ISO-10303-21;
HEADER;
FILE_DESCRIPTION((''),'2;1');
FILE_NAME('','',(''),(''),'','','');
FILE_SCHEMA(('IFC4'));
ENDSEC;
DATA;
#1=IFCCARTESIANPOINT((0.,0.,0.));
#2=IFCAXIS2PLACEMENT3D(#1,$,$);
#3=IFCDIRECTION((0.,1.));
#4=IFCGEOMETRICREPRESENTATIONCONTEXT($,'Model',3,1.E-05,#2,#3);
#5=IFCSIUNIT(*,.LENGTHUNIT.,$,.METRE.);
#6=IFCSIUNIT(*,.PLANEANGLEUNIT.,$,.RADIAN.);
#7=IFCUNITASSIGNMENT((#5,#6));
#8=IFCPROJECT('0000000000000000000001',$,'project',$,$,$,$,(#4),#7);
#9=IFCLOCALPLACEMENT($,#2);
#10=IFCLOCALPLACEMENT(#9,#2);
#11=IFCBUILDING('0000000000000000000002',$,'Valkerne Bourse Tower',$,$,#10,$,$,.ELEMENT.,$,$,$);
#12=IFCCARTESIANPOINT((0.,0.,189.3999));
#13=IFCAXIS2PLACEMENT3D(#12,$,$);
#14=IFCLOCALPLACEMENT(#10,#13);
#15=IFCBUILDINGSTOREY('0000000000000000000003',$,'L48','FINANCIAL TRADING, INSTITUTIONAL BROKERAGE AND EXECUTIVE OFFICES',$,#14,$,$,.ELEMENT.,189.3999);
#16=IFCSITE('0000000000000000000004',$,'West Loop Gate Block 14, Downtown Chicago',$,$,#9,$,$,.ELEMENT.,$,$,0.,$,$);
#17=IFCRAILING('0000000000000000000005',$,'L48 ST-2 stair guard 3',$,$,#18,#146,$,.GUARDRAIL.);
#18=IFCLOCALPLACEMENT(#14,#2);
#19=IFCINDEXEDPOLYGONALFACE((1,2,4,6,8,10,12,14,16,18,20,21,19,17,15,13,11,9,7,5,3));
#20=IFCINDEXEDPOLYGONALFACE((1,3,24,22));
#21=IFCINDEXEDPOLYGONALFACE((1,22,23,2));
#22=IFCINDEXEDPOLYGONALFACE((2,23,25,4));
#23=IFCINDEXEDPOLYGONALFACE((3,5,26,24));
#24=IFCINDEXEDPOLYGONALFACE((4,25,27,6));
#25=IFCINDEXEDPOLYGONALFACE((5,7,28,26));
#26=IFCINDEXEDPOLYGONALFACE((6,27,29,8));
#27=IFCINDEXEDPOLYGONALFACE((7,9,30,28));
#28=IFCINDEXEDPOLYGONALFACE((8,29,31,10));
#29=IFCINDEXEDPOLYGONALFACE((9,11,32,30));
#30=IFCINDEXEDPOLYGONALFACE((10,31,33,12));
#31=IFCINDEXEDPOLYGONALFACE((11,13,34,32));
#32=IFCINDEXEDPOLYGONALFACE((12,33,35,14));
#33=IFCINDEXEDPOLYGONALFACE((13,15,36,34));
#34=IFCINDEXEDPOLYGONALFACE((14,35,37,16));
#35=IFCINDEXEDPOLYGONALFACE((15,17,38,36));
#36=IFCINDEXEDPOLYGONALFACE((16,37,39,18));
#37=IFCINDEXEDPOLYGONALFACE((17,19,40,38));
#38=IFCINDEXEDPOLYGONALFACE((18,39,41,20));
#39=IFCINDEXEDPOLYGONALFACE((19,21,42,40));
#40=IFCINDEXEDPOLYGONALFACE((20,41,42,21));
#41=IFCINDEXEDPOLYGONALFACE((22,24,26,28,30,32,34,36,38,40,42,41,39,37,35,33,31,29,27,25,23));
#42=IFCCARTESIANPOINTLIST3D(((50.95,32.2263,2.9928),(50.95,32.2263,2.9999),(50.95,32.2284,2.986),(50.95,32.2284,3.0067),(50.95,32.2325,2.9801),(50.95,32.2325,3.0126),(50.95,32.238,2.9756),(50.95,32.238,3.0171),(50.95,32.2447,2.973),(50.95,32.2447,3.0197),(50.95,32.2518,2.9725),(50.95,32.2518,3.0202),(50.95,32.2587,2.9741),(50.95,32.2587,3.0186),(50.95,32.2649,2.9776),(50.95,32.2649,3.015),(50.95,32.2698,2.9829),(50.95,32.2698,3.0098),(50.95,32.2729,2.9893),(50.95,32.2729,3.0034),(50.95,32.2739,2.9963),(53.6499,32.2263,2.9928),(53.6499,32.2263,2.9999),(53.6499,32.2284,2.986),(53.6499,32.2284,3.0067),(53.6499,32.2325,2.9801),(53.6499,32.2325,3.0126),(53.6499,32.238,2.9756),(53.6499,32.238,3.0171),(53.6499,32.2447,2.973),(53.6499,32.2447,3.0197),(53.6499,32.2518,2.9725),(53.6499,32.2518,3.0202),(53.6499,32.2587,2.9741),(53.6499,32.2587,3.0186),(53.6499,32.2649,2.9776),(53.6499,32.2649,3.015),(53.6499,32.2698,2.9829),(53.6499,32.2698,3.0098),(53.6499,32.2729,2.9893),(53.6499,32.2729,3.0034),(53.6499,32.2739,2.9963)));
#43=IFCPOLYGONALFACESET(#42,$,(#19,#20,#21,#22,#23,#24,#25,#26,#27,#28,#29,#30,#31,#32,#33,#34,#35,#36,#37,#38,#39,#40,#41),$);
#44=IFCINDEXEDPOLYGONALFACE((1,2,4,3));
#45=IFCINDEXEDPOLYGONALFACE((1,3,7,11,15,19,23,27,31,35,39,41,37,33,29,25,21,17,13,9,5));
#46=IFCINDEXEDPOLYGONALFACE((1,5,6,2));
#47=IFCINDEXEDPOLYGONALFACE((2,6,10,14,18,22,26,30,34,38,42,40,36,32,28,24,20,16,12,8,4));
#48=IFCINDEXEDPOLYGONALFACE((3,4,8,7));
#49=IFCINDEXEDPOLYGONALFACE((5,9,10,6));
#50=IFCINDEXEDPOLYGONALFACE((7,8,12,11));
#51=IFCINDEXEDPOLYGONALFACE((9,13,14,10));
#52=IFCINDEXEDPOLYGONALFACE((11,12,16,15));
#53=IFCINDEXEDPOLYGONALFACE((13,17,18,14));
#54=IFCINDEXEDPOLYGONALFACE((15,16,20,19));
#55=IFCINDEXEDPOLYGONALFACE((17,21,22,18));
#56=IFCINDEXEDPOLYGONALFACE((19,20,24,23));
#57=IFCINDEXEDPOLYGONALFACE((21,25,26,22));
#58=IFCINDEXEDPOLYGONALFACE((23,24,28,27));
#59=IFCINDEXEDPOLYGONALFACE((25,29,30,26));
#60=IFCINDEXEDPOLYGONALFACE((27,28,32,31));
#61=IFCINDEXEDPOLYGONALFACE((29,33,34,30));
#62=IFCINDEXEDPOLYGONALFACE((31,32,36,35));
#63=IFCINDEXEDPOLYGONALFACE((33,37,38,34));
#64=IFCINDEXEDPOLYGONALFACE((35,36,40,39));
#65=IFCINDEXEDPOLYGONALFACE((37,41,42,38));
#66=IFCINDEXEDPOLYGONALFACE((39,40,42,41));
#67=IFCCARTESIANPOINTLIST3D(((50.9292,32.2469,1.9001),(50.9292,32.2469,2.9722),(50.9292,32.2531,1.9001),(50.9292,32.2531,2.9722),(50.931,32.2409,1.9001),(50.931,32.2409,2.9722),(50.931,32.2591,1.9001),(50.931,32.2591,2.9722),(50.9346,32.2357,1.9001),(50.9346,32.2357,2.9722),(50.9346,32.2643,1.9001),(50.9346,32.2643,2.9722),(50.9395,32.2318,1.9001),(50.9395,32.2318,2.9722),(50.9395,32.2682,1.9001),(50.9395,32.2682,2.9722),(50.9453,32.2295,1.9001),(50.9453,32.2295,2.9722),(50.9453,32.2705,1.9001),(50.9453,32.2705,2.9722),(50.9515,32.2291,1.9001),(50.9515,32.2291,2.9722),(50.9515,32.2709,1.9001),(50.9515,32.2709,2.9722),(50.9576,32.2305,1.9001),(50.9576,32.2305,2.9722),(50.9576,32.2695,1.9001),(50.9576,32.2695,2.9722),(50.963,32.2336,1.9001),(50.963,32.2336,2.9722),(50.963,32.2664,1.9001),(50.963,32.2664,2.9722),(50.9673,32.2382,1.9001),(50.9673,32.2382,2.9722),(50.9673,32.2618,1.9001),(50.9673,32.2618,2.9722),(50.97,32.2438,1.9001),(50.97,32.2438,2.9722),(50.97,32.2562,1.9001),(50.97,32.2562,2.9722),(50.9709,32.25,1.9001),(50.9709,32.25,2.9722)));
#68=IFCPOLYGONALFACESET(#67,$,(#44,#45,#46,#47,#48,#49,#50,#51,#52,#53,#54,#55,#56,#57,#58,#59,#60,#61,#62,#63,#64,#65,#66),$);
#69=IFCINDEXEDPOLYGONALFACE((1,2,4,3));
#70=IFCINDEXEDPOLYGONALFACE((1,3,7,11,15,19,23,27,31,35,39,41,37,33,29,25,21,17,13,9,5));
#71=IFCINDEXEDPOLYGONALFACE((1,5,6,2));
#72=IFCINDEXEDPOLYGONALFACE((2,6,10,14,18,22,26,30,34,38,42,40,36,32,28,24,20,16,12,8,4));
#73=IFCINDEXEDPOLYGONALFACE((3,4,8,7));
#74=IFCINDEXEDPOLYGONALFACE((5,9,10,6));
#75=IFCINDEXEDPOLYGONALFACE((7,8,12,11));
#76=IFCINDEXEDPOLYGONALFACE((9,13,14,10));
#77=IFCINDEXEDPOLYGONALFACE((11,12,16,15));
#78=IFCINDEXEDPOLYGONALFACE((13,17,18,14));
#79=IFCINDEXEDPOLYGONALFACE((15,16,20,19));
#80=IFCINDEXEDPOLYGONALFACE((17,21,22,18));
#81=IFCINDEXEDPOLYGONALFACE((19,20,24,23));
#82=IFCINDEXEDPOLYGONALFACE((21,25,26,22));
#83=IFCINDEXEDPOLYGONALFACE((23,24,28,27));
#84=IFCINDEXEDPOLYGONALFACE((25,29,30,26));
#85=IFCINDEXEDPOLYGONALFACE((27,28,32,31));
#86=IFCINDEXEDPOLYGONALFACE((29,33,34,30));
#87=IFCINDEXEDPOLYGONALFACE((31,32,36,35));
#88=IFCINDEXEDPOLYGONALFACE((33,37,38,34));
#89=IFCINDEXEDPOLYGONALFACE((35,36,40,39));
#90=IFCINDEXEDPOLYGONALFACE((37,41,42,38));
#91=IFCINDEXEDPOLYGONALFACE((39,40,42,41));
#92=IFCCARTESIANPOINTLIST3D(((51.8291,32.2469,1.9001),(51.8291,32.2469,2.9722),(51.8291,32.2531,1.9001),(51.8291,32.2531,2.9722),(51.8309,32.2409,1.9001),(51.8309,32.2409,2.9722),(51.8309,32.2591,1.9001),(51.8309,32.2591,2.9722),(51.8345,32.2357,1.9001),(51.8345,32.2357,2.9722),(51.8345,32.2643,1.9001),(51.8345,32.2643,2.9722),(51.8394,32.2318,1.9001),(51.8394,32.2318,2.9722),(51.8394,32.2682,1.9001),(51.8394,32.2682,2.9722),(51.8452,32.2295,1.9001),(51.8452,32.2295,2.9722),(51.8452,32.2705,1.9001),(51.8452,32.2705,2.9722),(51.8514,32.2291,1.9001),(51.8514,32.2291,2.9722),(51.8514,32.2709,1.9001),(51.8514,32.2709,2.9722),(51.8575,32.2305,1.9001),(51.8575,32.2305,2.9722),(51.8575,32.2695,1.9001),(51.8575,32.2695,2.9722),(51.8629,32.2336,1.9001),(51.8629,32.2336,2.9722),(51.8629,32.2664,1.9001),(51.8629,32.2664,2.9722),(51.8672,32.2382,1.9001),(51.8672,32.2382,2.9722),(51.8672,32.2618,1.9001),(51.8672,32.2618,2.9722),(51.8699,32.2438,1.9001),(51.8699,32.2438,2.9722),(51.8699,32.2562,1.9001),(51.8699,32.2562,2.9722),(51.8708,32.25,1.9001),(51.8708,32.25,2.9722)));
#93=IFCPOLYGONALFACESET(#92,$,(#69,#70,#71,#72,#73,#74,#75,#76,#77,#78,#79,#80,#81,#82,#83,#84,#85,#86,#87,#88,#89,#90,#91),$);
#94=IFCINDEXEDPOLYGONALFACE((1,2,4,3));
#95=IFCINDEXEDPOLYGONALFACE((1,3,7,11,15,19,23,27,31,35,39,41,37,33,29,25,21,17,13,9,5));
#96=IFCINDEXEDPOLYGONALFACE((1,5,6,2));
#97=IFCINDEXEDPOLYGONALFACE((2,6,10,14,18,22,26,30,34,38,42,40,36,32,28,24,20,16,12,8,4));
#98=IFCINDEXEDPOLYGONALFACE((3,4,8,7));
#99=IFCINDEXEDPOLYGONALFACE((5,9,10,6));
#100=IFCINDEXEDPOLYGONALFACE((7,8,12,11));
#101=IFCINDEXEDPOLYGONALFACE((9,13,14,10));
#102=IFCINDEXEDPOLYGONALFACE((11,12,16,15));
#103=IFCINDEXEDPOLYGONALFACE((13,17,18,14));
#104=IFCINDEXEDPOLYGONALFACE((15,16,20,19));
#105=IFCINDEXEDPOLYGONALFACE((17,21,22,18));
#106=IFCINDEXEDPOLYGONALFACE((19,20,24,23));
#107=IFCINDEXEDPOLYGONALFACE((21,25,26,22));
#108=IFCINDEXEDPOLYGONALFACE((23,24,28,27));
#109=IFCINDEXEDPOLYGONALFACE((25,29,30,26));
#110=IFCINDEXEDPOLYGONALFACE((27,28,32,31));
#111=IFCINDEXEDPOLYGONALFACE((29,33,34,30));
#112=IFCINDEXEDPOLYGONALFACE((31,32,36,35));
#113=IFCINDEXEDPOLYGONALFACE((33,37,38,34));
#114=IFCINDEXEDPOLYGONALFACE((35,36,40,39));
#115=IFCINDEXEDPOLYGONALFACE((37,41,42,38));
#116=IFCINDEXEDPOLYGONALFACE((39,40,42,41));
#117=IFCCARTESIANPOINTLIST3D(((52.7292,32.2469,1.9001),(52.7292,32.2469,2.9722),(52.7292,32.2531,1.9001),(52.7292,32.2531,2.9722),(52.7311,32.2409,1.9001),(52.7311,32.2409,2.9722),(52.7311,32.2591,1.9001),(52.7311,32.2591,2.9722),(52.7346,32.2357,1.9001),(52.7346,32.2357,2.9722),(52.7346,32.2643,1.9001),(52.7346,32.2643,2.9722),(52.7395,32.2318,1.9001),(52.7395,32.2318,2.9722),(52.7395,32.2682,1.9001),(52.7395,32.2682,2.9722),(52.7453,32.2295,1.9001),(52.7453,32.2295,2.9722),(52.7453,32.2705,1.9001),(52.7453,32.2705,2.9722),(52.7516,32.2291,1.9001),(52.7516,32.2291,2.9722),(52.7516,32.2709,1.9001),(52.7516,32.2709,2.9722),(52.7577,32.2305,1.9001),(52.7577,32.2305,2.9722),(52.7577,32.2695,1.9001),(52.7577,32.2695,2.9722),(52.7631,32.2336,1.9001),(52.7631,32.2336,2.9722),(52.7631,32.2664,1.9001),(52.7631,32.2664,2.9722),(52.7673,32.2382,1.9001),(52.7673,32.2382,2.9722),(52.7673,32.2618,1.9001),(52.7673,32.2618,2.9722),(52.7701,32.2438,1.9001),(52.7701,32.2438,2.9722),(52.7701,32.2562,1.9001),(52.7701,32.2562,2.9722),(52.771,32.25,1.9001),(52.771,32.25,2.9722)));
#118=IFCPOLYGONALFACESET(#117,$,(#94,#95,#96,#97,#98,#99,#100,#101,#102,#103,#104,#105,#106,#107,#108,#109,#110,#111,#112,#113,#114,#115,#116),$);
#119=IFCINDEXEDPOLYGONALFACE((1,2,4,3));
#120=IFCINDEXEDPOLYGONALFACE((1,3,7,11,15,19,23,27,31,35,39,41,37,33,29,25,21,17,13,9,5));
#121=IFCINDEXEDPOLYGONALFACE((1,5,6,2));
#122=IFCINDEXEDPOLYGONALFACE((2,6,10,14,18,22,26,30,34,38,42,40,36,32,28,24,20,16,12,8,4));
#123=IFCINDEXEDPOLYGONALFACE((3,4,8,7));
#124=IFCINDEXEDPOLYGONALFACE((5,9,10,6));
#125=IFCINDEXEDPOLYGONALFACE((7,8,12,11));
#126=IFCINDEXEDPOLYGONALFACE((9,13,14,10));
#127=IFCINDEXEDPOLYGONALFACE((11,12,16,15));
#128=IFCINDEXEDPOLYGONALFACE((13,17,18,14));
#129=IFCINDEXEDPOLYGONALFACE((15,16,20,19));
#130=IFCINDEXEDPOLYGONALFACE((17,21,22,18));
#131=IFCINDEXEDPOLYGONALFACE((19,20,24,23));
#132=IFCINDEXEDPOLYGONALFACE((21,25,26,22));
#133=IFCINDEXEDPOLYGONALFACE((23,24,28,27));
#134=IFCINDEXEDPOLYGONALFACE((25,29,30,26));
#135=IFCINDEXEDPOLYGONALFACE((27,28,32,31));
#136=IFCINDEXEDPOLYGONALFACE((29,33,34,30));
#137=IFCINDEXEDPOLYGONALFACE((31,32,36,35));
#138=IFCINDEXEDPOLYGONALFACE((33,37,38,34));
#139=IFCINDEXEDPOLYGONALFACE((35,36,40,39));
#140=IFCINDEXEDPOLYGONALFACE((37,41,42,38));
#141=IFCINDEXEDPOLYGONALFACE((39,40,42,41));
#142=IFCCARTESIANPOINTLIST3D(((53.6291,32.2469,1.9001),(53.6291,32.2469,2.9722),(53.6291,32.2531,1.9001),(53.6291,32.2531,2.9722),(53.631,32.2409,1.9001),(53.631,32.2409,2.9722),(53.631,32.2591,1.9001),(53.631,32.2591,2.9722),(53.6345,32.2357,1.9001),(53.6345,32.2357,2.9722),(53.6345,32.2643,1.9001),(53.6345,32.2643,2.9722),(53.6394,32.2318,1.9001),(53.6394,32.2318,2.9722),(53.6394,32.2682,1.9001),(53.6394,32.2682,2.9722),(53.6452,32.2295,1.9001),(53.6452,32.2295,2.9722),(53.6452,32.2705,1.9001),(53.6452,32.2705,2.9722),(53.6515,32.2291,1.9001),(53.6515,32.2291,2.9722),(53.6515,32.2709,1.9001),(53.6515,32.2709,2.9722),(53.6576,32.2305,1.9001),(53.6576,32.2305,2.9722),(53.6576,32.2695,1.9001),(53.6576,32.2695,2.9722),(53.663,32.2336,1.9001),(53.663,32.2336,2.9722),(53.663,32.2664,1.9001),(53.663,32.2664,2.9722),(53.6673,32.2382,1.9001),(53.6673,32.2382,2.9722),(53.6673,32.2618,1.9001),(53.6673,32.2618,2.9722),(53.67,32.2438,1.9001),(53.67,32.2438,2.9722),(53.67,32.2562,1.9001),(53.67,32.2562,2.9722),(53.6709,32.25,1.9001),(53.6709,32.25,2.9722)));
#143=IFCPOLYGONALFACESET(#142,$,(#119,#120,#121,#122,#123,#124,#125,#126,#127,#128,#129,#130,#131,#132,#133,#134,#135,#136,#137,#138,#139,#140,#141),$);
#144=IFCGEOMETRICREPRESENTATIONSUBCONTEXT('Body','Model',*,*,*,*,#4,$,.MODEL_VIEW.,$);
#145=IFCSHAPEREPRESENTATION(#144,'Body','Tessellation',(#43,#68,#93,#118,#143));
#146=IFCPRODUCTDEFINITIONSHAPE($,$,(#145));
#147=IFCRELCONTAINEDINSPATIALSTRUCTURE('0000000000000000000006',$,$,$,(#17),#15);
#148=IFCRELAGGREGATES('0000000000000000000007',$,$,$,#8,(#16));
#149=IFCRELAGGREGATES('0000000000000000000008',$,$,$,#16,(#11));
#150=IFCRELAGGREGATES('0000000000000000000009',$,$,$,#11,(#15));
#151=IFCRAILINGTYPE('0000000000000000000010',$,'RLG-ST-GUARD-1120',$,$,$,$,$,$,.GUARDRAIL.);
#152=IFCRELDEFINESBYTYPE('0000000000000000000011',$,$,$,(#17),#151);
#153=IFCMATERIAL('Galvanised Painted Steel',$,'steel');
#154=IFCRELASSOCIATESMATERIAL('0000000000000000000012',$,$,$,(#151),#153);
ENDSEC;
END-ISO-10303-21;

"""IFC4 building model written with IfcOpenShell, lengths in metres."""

from ifc_helpers import new_model, si_unit, direction, frame, origin, origin_2d, place, context, subcontext, project, spatial, circle, extrude, material, type_object, element, save


model = new_model("IFC4")

# Units and contexts
model_context = context("Model", 3, precision=1e-05, world=origin(), true_north=direction((0.0, 1.0)))
body_context = subcontext(model_context, "Body", "Model", "MODEL_VIEW")
ifc_project = project(units=[si_unit("LENGTHUNIT", "METRE"), si_unit("PLANEANGLEUNIT", "RADIAN")], contexts=[model_context])

# Site, building, storey
site_placement = place(None, origin())
site = spatial("IfcSite", under=ifc_project, at=site_placement, Name="West Loop Gate Block 14, Downtown Chicago", CompositionType="ELEMENT", RefElevation=0.0)
building_placement = place(site_placement, origin())
building = spatial("IfcBuilding", under=site, at=building_placement, Name="Valkerne Bourse Tower", CompositionType="ELEMENT")
storey_placement = place(building_placement, frame((0.0, 0.0, 189.3999)))
storey = spatial("IfcBuildingStorey", under=building, at=storey_placement, Name="L48", Description="FINANCIAL TRADING, INSTITUTIONAL BROKERAGE AND EXECUTIVE OFFICES", CompositionType="ELEMENT", Elevation=189.3999)

# Shared definitions
ifc_material_1 = material(Name="Galvanised Painted Steel", Category="steel")

# Railing
railing_type_1 = type_object("IfcRailingType", Name="RLG-ST-GUARD-1120", PredefinedType="GUARDRAIL", material=ifc_material_1)
for number, where, name in (
    (1, (50.95, 32.25, 1.9001), "L48 ST-2 stair guard 3"),
):
    element("IfcRailing", number, at=place(storey_placement, frame(where)), inside=storey, type_object=railing_type_1, Name=name, PredefinedType="GUARDRAIL", context=body_context, shape_type="SweptSolid", body=[
        extrude(circle(Radius=0.0239, at=origin_2d()), frame((0.0, 0.0, 1.0962), z_axis=(1.0, 0.0, 0.0), x_axis=(0.0, 1.0, 0.0)), (0.0, 0.0, 1.0), 2.7),
        extrude(circle(Radius=0.021, at=origin_2d()), origin(), (0.0, 0.0, 1.0), 1.072),
        extrude(circle(Radius=0.021, at=origin_2d()), frame((0.8999, 0.0, 0.0)), (0.0, 0.0, 1.0), 1.072),
        extrude(circle(Radius=0.021, at=origin_2d()), frame((1.8, 0.0, 0.0)), (0.0, 0.0, 1.0), 1.072),
        extrude(circle(Radius=0.021, at=origin_2d()), frame((2.7, 0.0, 0.0)), (0.0, 0.0, 1.0), 1.072),
    ])

save(model, "model.ifc")
